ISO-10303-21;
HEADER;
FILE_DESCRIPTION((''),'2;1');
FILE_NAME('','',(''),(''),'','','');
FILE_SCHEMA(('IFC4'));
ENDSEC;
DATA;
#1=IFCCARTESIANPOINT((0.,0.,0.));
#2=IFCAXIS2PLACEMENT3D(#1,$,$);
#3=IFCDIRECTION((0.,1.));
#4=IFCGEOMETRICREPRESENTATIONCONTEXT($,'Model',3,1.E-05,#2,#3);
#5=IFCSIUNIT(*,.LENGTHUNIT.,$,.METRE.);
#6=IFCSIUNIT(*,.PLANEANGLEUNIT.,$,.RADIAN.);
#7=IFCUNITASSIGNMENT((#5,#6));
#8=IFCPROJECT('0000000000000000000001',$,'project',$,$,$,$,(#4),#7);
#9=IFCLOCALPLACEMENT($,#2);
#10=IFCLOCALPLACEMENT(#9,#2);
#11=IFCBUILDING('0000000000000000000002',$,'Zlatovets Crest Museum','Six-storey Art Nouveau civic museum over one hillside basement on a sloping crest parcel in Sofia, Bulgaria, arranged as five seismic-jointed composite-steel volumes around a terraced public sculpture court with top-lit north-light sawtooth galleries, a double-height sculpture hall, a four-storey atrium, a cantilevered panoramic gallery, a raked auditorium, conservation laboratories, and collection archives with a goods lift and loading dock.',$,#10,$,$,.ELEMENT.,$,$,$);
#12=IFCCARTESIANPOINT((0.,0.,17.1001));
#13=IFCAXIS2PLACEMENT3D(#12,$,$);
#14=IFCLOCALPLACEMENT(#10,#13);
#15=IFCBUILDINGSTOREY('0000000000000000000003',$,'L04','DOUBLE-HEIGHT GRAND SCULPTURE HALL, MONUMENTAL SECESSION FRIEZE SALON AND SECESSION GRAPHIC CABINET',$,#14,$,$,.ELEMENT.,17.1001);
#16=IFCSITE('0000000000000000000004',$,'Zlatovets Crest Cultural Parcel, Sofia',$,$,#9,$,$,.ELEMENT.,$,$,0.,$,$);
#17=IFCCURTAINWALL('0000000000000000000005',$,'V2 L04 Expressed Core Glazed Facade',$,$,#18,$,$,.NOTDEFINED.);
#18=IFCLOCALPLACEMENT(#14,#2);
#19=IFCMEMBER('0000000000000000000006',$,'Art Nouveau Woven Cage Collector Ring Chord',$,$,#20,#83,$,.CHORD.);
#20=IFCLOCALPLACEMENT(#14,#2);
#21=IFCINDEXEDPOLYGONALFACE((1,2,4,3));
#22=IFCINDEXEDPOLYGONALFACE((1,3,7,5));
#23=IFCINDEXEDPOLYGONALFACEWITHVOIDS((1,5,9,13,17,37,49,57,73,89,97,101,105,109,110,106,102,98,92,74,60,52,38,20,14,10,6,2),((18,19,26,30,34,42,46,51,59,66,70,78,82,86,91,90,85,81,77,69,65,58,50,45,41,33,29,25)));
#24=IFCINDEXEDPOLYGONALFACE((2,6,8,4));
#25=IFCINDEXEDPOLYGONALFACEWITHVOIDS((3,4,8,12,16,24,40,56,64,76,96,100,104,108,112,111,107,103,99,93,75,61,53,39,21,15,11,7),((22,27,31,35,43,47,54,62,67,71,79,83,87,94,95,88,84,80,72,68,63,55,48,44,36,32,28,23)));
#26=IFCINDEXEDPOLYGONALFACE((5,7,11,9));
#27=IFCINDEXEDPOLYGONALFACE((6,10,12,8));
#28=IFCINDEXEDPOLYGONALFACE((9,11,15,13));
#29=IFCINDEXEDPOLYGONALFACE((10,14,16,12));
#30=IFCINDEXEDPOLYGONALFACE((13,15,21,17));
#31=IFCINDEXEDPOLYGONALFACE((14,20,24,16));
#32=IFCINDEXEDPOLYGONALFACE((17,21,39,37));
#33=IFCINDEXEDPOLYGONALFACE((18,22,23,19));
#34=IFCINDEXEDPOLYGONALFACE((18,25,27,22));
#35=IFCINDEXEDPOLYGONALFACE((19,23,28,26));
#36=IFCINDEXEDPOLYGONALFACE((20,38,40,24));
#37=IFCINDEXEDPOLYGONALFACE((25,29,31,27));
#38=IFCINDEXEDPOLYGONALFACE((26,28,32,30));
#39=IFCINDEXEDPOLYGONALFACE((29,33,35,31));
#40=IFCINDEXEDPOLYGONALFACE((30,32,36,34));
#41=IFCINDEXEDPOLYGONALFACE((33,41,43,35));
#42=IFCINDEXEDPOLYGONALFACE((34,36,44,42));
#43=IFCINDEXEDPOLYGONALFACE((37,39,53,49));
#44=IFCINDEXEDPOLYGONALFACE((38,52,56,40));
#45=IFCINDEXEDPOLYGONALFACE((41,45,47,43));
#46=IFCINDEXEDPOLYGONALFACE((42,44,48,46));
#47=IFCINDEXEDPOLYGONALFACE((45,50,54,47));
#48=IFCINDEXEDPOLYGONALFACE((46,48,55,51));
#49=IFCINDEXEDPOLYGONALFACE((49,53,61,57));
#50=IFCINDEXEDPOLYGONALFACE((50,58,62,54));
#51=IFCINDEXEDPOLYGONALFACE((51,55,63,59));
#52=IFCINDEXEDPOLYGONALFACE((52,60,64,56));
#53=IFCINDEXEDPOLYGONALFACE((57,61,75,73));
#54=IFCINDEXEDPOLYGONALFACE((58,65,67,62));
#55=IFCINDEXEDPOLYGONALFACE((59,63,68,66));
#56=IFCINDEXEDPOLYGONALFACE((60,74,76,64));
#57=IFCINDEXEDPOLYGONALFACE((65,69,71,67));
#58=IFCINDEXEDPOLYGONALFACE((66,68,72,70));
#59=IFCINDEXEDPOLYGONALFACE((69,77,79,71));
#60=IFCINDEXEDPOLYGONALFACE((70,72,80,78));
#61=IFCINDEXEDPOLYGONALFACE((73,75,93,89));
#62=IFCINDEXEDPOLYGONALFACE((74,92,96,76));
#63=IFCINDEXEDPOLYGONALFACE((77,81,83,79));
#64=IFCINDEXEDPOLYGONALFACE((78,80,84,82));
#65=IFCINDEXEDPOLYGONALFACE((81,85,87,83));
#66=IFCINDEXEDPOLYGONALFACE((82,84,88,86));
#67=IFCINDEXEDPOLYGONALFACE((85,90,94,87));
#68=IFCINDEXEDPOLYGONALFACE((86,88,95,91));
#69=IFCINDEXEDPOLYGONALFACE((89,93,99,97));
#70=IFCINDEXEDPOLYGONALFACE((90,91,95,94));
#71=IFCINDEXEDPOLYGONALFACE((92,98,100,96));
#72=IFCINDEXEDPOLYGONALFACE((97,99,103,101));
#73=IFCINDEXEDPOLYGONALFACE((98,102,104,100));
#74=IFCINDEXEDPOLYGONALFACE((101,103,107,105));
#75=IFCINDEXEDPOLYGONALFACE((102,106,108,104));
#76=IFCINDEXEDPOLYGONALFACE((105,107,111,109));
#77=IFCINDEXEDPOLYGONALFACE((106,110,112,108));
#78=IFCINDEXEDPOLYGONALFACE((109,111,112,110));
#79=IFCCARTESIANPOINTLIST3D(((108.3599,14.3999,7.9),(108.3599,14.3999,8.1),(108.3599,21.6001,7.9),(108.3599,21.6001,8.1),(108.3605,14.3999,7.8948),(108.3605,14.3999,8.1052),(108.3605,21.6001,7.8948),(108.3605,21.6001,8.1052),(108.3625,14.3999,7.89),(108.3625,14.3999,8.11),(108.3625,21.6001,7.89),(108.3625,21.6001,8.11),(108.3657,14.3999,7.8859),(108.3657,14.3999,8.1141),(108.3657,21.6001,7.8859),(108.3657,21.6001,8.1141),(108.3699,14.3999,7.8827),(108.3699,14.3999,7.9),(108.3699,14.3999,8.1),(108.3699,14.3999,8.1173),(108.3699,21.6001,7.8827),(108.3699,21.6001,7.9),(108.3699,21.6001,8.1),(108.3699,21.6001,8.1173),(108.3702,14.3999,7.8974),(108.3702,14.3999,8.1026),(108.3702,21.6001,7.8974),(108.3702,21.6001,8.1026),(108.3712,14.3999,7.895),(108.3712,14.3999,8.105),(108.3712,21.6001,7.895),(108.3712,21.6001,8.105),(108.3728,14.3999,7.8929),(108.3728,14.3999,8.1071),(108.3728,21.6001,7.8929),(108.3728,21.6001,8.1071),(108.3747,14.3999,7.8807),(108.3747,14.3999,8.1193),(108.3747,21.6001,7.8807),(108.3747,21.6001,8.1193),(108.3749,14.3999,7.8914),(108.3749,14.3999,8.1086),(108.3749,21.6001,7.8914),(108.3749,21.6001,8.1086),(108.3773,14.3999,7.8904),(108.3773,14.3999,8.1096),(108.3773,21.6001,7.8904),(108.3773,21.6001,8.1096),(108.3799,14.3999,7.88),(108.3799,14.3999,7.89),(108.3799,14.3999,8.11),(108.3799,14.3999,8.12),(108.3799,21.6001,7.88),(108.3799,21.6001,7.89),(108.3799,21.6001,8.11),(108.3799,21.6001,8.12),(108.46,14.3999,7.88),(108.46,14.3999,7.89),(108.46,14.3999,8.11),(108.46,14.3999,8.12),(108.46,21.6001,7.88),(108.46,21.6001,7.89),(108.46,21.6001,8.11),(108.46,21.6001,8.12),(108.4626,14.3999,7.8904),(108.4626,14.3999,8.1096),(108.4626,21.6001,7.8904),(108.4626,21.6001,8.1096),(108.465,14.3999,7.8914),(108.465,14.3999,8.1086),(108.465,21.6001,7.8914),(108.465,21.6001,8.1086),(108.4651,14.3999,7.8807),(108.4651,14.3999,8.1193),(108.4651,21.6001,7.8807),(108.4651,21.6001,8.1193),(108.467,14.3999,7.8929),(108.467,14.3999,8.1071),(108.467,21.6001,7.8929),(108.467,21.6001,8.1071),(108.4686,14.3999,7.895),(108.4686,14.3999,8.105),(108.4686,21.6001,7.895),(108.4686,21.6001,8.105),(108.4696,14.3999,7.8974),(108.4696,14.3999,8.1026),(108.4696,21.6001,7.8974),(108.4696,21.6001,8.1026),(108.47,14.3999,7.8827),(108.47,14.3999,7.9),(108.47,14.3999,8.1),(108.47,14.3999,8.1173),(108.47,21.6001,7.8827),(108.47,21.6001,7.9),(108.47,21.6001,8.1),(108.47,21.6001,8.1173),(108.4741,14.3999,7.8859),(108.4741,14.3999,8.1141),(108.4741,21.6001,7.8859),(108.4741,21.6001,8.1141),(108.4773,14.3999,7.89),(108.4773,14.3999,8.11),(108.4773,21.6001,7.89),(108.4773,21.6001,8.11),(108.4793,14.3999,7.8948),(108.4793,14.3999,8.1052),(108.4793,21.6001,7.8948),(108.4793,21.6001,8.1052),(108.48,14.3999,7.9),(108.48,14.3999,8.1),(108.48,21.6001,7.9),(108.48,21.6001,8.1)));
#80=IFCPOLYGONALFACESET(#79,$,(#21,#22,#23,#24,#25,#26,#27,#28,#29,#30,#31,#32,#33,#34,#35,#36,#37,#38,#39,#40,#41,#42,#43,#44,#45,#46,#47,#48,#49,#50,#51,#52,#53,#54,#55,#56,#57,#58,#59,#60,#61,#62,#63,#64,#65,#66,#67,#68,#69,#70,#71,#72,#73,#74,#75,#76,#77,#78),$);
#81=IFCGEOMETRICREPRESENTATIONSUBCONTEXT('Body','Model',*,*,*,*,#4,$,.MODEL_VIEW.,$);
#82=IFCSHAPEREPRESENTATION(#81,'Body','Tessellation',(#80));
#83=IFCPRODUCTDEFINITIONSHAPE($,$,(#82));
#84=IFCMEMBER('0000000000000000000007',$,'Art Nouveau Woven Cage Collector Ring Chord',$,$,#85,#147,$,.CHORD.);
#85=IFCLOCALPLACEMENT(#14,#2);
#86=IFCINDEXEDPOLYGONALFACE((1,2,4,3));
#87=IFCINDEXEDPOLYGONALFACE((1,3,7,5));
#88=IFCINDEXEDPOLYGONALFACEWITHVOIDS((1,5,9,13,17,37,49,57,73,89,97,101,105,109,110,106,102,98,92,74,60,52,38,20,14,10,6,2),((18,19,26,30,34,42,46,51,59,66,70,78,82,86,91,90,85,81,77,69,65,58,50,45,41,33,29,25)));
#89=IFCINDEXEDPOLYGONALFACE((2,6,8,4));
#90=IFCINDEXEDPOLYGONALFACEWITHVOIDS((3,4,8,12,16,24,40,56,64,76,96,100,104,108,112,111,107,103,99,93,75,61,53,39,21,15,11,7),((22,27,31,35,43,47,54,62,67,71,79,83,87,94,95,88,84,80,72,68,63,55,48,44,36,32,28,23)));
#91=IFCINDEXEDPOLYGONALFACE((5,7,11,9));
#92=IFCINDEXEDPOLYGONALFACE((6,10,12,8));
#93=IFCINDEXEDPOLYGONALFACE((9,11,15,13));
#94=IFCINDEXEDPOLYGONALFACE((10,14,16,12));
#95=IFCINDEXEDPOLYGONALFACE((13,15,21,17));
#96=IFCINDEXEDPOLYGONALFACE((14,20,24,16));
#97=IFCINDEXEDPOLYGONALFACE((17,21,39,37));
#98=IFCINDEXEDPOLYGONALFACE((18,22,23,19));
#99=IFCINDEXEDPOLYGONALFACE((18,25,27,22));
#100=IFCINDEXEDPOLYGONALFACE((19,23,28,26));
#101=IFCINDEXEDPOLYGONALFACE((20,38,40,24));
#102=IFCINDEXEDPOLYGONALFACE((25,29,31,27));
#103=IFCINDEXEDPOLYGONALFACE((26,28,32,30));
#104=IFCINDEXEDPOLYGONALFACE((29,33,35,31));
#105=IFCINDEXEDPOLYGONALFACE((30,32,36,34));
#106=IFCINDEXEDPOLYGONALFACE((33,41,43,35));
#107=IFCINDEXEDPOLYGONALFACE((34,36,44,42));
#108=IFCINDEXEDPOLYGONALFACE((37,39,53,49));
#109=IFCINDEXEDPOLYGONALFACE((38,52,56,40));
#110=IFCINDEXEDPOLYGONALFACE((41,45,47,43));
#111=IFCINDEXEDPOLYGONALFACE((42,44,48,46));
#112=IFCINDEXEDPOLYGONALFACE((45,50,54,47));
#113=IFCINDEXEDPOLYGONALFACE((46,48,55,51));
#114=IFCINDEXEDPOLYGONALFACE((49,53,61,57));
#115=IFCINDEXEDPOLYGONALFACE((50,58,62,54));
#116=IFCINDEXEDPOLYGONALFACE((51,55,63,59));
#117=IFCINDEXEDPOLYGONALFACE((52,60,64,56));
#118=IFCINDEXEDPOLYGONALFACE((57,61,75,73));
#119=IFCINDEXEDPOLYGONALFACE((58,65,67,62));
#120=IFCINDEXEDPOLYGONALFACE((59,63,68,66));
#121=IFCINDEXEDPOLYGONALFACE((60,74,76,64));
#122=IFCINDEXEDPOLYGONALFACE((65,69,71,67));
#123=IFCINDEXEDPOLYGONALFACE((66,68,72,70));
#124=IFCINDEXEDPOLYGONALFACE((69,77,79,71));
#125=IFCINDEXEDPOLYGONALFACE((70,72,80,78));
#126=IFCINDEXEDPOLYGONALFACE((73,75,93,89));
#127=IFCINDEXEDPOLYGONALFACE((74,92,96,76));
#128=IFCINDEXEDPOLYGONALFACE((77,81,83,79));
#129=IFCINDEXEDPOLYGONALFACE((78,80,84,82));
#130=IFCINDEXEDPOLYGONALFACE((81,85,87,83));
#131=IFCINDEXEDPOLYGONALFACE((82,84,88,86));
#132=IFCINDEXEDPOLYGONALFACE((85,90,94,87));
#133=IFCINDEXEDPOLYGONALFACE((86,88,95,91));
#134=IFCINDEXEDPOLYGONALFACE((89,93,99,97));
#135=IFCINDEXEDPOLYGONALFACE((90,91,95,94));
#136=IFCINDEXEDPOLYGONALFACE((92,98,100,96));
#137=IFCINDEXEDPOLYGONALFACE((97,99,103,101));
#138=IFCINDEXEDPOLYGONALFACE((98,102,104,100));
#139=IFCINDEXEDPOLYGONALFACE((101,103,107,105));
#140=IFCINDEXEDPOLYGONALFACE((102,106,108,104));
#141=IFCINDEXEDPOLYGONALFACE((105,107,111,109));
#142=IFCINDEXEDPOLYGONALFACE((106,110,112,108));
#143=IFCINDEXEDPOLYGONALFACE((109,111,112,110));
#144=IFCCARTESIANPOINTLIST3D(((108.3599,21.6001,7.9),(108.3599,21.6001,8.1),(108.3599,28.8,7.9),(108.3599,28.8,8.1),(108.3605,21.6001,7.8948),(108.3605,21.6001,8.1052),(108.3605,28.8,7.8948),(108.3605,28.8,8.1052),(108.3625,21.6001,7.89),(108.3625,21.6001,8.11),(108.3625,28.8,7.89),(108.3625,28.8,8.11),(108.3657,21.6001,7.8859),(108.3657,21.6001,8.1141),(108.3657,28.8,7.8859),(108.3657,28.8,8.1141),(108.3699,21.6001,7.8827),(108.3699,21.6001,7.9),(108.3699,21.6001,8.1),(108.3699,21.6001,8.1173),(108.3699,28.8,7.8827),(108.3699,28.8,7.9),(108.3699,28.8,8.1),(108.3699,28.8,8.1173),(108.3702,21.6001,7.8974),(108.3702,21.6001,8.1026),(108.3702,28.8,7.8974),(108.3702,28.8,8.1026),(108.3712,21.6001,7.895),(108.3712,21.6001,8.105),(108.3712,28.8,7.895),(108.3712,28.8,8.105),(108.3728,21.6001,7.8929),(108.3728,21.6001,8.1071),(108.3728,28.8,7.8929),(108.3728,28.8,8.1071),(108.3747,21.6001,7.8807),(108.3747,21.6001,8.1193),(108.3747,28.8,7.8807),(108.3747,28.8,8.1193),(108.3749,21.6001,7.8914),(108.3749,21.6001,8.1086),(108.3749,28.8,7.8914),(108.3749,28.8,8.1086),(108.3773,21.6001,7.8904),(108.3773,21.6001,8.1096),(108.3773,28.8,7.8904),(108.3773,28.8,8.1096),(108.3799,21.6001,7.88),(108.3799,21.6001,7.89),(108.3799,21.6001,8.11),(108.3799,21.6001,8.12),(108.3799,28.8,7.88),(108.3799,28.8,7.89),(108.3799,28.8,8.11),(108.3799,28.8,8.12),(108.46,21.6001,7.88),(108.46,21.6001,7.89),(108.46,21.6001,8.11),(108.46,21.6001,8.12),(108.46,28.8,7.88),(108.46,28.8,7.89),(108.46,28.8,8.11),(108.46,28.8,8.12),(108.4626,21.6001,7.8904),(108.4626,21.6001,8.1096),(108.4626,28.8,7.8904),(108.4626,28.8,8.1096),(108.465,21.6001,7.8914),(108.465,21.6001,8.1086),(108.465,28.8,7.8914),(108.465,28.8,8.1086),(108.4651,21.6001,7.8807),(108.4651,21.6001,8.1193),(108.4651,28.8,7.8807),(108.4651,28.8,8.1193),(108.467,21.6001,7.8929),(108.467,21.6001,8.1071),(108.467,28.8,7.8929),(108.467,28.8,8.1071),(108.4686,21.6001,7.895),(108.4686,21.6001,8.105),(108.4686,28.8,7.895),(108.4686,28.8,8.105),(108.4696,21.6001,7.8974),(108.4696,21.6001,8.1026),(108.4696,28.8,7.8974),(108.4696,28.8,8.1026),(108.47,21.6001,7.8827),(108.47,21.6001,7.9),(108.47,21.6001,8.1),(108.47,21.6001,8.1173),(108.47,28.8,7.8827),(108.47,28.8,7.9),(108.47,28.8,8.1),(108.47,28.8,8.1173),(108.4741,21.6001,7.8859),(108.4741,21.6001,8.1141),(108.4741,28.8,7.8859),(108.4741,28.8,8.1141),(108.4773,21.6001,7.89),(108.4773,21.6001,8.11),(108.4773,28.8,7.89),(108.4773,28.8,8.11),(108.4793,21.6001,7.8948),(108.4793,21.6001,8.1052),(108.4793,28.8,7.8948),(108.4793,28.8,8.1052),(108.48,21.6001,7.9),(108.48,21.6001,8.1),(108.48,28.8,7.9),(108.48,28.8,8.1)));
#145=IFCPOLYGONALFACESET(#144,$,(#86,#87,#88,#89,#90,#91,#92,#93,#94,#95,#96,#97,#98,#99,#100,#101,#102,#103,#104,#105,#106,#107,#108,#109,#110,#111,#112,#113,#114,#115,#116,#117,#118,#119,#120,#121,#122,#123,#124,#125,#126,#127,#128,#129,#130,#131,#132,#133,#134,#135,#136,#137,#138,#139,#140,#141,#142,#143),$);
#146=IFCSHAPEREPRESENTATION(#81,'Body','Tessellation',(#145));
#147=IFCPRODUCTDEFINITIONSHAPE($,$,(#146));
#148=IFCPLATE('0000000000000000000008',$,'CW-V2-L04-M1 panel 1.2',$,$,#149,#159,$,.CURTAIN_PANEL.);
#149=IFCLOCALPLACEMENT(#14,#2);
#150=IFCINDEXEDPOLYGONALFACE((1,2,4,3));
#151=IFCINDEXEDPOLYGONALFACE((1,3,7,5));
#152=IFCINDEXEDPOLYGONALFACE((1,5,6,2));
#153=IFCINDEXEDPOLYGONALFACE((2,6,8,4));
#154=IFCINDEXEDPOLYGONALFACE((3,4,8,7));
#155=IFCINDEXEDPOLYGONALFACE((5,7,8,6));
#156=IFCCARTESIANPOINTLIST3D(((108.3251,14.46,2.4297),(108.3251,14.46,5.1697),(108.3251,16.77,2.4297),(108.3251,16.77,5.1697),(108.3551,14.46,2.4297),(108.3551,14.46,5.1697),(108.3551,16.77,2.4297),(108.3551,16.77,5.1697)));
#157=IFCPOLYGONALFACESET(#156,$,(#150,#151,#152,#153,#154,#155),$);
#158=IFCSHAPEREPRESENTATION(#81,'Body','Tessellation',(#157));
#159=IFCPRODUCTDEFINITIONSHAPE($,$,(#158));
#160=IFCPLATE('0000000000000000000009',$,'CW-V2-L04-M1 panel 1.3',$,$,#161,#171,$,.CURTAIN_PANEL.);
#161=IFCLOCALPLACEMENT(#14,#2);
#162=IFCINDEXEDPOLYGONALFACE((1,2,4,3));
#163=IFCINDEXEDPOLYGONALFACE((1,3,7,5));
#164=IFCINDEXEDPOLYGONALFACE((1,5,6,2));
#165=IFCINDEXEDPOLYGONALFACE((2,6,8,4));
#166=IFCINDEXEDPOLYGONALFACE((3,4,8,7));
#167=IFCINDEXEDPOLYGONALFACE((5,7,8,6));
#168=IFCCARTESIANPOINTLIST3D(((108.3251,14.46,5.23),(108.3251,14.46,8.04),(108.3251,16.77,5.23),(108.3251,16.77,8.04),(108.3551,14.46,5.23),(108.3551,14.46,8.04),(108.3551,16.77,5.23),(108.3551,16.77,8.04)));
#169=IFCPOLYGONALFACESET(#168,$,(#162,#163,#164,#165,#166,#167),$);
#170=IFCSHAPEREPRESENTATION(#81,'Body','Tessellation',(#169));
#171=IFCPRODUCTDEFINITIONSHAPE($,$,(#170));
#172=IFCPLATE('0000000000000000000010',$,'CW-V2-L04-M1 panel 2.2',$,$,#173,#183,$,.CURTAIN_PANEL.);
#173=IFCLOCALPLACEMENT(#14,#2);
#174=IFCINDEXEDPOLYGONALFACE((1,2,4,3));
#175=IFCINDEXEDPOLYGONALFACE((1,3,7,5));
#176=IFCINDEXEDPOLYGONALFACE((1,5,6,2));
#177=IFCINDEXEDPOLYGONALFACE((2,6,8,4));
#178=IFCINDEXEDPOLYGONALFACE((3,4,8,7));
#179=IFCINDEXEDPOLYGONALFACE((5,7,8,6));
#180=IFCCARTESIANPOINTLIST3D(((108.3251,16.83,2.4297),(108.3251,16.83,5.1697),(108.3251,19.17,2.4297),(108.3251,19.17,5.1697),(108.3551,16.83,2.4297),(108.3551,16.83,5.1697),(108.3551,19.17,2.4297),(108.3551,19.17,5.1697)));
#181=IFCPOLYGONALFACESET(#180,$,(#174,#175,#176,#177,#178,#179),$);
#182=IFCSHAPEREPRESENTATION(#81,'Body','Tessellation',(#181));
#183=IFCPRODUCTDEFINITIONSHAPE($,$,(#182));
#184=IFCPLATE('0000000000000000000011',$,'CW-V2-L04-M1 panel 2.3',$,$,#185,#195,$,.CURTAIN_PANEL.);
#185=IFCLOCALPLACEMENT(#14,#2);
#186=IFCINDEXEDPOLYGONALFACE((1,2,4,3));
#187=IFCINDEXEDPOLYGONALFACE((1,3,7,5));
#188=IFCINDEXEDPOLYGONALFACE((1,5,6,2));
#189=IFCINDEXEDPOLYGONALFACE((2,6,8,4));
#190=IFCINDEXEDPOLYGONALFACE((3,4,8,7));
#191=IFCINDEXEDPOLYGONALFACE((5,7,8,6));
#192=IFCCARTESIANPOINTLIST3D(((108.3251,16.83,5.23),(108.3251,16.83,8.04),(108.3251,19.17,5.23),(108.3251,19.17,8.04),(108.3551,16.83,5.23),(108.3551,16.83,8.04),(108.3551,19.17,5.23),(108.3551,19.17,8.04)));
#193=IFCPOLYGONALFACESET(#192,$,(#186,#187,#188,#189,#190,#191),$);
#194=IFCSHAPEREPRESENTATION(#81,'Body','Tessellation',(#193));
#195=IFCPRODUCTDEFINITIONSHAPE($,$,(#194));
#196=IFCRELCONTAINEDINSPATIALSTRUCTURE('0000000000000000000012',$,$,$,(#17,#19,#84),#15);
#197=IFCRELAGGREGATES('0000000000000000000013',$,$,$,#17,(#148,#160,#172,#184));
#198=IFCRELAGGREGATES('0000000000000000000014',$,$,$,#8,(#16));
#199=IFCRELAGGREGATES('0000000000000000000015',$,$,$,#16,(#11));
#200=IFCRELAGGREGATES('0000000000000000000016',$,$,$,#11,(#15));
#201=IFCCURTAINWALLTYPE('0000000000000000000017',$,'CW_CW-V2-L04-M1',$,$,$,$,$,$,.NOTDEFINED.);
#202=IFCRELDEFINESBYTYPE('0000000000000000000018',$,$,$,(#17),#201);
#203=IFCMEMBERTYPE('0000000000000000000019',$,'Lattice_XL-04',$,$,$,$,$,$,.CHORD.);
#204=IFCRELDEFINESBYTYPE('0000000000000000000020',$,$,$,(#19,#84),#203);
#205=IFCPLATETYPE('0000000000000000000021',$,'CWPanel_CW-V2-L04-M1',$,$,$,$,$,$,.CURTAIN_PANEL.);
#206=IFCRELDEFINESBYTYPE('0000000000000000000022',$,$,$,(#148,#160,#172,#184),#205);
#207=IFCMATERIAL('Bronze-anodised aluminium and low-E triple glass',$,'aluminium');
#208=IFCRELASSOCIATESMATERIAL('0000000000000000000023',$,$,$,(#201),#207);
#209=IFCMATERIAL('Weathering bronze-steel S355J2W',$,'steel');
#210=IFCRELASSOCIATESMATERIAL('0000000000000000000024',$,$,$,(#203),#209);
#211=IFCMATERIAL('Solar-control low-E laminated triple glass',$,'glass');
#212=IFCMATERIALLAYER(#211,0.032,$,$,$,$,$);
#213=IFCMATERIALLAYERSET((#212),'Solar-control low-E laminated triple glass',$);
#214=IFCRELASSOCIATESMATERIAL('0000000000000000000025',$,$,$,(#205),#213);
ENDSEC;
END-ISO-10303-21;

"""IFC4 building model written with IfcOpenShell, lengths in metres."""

from ifc_helpers import new_model, si_unit, direction, frame, origin, origin_2d, place, context, subcontext, project, spatial, rectangle, hollow_rectangle, extrude, material, layer, layer_set, material_profile, profile_set, type_object, element, aggregate, save


model = new_model("IFC4")

# Units and contexts
model_context = context("Model", 3, precision=1e-05, world=origin(), true_north=direction((0.0, 1.0)))
body_context = subcontext(model_context, "Body", "Model", "MODEL_VIEW")
ifc_project = project(units=[si_unit("LENGTHUNIT", "METRE"), si_unit("PLANEANGLEUNIT", "RADIAN")], contexts=[model_context])

# Site, building, storey
site_placement = place(None, origin())
site = spatial("IfcSite", under=ifc_project, at=site_placement, Name="Zlatovets Crest Cultural Parcel, Sofia", CompositionType="ELEMENT", RefElevation=0.0)
building_placement = place(site_placement, origin())
building = spatial("IfcBuilding", under=site, at=building_placement, Name="Zlatovets Crest Museum", Description="Six-storey Art Nouveau civic museum over one hillside basement on a sloping crest parcel in Sofia, Bulgaria, arranged as five seismic-jointed composite-steel volumes around a terraced public sculpture court with top-lit north-light sawtooth galleries, a double-height sculpture hall, a four-storey atrium, a cantilevered panoramic gallery, a raked auditorium, conservation laboratories, and collection archives with a goods lift and loading dock.", CompositionType="ELEMENT")
storey_placement = place(building_placement, frame((0.0, 0.0, 17.1001)))
storey = spatial("IfcBuildingStorey", under=building, at=storey_placement, Name="L04", Description="DOUBLE-HEIGHT GRAND SCULPTURE HALL, MONUMENTAL SECESSION FRIEZE SALON AND SECESSION GRAPHIC CABINET", CompositionType="ELEMENT", Elevation=17.1001)

# Curtain wall
ifc_material_1 = material(Name="Bronze-anodised aluminium and low-E triple glass", Category="aluminium")
curtain_wall_type = type_object("IfcCurtainWallType", Name="CW_CW-V2-L04-M1", PredefinedType="NOTDEFINED", material=ifc_material_1)
curtain_wall_placement = place(storey_placement, origin())
curtain_wall = element("IfcCurtainWall", 1, at=curtain_wall_placement, inside=storey, type_object=curtain_wall_type, Name="V2 L04 Expressed Core Glazed Facade", PredefinedType="NOTDEFINED")

# Members
ifc_material_2 = material(Name="Weathering bronze-steel S355J2W", Category="steel")
ifc_material_profile_1 = material_profile(ifc_material_2, hollow_rectangle(XDim=0.1201, YDim=0.24, WallThickness=0.01, InnerFilletRadius=0.01, OuterFilletRadius=0.02, at=origin_2d()), Name="RHS 120x240x10.0")
ifc_profile_set_1 = profile_set([ifc_material_profile_1], Name="Weathering bronze-steel S355J2W")
member_type_1 = type_object("IfcMemberType", Name="Lattice_XL-04", PredefinedType="CHORD", material=ifc_profile_set_1)
member_1_placement = place(storey_placement, frame((108.4199, 14.3999, 8.0), z_axis=(0.0, 1.0, 0.0), x_axis=(-1.0, 0.0, 0.0)))
element("IfcMember", 2, at=member_1_placement, inside=storey, type_object=member_type_1, Name="Art Nouveau Woven Cage Collector Ring Chord", PredefinedType="CHORD", context=body_context, shape_type="SweptSolid", body=[
    extrude(hollow_rectangle(XDim=0.1201, YDim=0.24, WallThickness=0.01, InnerFilletRadius=0.01, OuterFilletRadius=0.02, at=origin_2d()), origin(), (0.0, 0.0, 1.0), 7.2002),
])
member_2_placement = place(storey_placement, frame((108.4199, 21.6001, 8.0), z_axis=(0.0, 1.0, 0.0), x_axis=(-1.0, 0.0, 0.0)))
element("IfcMember", 3, at=member_2_placement, inside=storey, type_object=member_type_1, Name="Art Nouveau Woven Cage Collector Ring Chord", PredefinedType="CHORD", context=body_context, shape_type="SweptSolid", body=[
    extrude(hollow_rectangle(XDim=0.1201, YDim=0.24, WallThickness=0.01, InnerFilletRadius=0.01, OuterFilletRadius=0.02, at=origin_2d()), origin(), (0.0, 0.0, 1.0), 7.2),
])

# Plates
ifc_material_3 = material(Name="Solar-control low-E laminated triple glass", Category="glass")
ifc_layer_1 = layer(ifc_material_3, 0.032)
ifc_layer_set_1 = layer_set([ifc_layer_1], Name="Solar-control low-E laminated triple glass")
plate_type_1 = type_object("IfcPlateType", Name="CWPanel_CW-V2-L04-M1", PredefinedType="CURTAIN_PANEL", material=ifc_layer_set_1)
plate_1_placement = place(storey_placement, frame((108.3401, 15.615, 2.4297), z_axis=(0.0, 0.0, 1.0), x_axis=(0.0, 1.0, 0.0)))
plate_1 = element("IfcPlate", 4, at=plate_1_placement, type_object=plate_type_1, Name="CW-V2-L04-M1 panel 1.2", PredefinedType="CURTAIN_PANEL", context=body_context, shape_type="SweptSolid", body=[
    extrude(rectangle(XDim=2.3101, YDim=0.03, at=origin_2d()), origin(), (0.0, 0.0, 1.0), 2.74),
])
plate_2_placement = place(storey_placement, frame((108.3401, 15.615, 5.23), z_axis=(0.0, 0.0, 1.0), x_axis=(0.0, 1.0, 0.0)))
plate_2 = element("IfcPlate", 5, at=plate_2_placement, type_object=plate_type_1, Name="CW-V2-L04-M1 panel 1.3", PredefinedType="CURTAIN_PANEL", context=body_context, shape_type="SweptSolid", body=[
    extrude(rectangle(XDim=2.3101, YDim=0.03, at=origin_2d()), origin(), (0.0, 0.0, 1.0), 2.8101),
])
plate_3_placement = place(storey_placement, frame((108.3401, 18.0, 2.4297), z_axis=(0.0, 0.0, 1.0), x_axis=(0.0, 1.0, 0.0)))
plate_3 = element("IfcPlate", 6, at=plate_3_placement, type_object=plate_type_1, Name="CW-V2-L04-M1 panel 2.2", PredefinedType="CURTAIN_PANEL", context=body_context, shape_type="SweptSolid", body=[
    extrude(rectangle(XDim=2.3401, YDim=0.03, at=origin_2d()), origin(), (0.0, 0.0, 1.0), 2.74),
])
plate_4_placement = place(storey_placement, frame((108.3401, 18.0, 5.23), z_axis=(0.0, 0.0, 1.0), x_axis=(0.0, 1.0, 0.0)))
plate_4 = element("IfcPlate", 7, at=plate_4_placement, type_object=plate_type_1, Name="CW-V2-L04-M1 panel 2.3", PredefinedType="CURTAIN_PANEL", context=body_context, shape_type="SweptSolid", body=[
    extrude(rectangle(XDim=2.3401, YDim=0.03, at=origin_2d()), origin(), (0.0, 0.0, 1.0), 2.8101),
])
aggregate(curtain_wall, [plate_1, plate_2, plate_3, plate_4])

save(model, "model.ifc")
